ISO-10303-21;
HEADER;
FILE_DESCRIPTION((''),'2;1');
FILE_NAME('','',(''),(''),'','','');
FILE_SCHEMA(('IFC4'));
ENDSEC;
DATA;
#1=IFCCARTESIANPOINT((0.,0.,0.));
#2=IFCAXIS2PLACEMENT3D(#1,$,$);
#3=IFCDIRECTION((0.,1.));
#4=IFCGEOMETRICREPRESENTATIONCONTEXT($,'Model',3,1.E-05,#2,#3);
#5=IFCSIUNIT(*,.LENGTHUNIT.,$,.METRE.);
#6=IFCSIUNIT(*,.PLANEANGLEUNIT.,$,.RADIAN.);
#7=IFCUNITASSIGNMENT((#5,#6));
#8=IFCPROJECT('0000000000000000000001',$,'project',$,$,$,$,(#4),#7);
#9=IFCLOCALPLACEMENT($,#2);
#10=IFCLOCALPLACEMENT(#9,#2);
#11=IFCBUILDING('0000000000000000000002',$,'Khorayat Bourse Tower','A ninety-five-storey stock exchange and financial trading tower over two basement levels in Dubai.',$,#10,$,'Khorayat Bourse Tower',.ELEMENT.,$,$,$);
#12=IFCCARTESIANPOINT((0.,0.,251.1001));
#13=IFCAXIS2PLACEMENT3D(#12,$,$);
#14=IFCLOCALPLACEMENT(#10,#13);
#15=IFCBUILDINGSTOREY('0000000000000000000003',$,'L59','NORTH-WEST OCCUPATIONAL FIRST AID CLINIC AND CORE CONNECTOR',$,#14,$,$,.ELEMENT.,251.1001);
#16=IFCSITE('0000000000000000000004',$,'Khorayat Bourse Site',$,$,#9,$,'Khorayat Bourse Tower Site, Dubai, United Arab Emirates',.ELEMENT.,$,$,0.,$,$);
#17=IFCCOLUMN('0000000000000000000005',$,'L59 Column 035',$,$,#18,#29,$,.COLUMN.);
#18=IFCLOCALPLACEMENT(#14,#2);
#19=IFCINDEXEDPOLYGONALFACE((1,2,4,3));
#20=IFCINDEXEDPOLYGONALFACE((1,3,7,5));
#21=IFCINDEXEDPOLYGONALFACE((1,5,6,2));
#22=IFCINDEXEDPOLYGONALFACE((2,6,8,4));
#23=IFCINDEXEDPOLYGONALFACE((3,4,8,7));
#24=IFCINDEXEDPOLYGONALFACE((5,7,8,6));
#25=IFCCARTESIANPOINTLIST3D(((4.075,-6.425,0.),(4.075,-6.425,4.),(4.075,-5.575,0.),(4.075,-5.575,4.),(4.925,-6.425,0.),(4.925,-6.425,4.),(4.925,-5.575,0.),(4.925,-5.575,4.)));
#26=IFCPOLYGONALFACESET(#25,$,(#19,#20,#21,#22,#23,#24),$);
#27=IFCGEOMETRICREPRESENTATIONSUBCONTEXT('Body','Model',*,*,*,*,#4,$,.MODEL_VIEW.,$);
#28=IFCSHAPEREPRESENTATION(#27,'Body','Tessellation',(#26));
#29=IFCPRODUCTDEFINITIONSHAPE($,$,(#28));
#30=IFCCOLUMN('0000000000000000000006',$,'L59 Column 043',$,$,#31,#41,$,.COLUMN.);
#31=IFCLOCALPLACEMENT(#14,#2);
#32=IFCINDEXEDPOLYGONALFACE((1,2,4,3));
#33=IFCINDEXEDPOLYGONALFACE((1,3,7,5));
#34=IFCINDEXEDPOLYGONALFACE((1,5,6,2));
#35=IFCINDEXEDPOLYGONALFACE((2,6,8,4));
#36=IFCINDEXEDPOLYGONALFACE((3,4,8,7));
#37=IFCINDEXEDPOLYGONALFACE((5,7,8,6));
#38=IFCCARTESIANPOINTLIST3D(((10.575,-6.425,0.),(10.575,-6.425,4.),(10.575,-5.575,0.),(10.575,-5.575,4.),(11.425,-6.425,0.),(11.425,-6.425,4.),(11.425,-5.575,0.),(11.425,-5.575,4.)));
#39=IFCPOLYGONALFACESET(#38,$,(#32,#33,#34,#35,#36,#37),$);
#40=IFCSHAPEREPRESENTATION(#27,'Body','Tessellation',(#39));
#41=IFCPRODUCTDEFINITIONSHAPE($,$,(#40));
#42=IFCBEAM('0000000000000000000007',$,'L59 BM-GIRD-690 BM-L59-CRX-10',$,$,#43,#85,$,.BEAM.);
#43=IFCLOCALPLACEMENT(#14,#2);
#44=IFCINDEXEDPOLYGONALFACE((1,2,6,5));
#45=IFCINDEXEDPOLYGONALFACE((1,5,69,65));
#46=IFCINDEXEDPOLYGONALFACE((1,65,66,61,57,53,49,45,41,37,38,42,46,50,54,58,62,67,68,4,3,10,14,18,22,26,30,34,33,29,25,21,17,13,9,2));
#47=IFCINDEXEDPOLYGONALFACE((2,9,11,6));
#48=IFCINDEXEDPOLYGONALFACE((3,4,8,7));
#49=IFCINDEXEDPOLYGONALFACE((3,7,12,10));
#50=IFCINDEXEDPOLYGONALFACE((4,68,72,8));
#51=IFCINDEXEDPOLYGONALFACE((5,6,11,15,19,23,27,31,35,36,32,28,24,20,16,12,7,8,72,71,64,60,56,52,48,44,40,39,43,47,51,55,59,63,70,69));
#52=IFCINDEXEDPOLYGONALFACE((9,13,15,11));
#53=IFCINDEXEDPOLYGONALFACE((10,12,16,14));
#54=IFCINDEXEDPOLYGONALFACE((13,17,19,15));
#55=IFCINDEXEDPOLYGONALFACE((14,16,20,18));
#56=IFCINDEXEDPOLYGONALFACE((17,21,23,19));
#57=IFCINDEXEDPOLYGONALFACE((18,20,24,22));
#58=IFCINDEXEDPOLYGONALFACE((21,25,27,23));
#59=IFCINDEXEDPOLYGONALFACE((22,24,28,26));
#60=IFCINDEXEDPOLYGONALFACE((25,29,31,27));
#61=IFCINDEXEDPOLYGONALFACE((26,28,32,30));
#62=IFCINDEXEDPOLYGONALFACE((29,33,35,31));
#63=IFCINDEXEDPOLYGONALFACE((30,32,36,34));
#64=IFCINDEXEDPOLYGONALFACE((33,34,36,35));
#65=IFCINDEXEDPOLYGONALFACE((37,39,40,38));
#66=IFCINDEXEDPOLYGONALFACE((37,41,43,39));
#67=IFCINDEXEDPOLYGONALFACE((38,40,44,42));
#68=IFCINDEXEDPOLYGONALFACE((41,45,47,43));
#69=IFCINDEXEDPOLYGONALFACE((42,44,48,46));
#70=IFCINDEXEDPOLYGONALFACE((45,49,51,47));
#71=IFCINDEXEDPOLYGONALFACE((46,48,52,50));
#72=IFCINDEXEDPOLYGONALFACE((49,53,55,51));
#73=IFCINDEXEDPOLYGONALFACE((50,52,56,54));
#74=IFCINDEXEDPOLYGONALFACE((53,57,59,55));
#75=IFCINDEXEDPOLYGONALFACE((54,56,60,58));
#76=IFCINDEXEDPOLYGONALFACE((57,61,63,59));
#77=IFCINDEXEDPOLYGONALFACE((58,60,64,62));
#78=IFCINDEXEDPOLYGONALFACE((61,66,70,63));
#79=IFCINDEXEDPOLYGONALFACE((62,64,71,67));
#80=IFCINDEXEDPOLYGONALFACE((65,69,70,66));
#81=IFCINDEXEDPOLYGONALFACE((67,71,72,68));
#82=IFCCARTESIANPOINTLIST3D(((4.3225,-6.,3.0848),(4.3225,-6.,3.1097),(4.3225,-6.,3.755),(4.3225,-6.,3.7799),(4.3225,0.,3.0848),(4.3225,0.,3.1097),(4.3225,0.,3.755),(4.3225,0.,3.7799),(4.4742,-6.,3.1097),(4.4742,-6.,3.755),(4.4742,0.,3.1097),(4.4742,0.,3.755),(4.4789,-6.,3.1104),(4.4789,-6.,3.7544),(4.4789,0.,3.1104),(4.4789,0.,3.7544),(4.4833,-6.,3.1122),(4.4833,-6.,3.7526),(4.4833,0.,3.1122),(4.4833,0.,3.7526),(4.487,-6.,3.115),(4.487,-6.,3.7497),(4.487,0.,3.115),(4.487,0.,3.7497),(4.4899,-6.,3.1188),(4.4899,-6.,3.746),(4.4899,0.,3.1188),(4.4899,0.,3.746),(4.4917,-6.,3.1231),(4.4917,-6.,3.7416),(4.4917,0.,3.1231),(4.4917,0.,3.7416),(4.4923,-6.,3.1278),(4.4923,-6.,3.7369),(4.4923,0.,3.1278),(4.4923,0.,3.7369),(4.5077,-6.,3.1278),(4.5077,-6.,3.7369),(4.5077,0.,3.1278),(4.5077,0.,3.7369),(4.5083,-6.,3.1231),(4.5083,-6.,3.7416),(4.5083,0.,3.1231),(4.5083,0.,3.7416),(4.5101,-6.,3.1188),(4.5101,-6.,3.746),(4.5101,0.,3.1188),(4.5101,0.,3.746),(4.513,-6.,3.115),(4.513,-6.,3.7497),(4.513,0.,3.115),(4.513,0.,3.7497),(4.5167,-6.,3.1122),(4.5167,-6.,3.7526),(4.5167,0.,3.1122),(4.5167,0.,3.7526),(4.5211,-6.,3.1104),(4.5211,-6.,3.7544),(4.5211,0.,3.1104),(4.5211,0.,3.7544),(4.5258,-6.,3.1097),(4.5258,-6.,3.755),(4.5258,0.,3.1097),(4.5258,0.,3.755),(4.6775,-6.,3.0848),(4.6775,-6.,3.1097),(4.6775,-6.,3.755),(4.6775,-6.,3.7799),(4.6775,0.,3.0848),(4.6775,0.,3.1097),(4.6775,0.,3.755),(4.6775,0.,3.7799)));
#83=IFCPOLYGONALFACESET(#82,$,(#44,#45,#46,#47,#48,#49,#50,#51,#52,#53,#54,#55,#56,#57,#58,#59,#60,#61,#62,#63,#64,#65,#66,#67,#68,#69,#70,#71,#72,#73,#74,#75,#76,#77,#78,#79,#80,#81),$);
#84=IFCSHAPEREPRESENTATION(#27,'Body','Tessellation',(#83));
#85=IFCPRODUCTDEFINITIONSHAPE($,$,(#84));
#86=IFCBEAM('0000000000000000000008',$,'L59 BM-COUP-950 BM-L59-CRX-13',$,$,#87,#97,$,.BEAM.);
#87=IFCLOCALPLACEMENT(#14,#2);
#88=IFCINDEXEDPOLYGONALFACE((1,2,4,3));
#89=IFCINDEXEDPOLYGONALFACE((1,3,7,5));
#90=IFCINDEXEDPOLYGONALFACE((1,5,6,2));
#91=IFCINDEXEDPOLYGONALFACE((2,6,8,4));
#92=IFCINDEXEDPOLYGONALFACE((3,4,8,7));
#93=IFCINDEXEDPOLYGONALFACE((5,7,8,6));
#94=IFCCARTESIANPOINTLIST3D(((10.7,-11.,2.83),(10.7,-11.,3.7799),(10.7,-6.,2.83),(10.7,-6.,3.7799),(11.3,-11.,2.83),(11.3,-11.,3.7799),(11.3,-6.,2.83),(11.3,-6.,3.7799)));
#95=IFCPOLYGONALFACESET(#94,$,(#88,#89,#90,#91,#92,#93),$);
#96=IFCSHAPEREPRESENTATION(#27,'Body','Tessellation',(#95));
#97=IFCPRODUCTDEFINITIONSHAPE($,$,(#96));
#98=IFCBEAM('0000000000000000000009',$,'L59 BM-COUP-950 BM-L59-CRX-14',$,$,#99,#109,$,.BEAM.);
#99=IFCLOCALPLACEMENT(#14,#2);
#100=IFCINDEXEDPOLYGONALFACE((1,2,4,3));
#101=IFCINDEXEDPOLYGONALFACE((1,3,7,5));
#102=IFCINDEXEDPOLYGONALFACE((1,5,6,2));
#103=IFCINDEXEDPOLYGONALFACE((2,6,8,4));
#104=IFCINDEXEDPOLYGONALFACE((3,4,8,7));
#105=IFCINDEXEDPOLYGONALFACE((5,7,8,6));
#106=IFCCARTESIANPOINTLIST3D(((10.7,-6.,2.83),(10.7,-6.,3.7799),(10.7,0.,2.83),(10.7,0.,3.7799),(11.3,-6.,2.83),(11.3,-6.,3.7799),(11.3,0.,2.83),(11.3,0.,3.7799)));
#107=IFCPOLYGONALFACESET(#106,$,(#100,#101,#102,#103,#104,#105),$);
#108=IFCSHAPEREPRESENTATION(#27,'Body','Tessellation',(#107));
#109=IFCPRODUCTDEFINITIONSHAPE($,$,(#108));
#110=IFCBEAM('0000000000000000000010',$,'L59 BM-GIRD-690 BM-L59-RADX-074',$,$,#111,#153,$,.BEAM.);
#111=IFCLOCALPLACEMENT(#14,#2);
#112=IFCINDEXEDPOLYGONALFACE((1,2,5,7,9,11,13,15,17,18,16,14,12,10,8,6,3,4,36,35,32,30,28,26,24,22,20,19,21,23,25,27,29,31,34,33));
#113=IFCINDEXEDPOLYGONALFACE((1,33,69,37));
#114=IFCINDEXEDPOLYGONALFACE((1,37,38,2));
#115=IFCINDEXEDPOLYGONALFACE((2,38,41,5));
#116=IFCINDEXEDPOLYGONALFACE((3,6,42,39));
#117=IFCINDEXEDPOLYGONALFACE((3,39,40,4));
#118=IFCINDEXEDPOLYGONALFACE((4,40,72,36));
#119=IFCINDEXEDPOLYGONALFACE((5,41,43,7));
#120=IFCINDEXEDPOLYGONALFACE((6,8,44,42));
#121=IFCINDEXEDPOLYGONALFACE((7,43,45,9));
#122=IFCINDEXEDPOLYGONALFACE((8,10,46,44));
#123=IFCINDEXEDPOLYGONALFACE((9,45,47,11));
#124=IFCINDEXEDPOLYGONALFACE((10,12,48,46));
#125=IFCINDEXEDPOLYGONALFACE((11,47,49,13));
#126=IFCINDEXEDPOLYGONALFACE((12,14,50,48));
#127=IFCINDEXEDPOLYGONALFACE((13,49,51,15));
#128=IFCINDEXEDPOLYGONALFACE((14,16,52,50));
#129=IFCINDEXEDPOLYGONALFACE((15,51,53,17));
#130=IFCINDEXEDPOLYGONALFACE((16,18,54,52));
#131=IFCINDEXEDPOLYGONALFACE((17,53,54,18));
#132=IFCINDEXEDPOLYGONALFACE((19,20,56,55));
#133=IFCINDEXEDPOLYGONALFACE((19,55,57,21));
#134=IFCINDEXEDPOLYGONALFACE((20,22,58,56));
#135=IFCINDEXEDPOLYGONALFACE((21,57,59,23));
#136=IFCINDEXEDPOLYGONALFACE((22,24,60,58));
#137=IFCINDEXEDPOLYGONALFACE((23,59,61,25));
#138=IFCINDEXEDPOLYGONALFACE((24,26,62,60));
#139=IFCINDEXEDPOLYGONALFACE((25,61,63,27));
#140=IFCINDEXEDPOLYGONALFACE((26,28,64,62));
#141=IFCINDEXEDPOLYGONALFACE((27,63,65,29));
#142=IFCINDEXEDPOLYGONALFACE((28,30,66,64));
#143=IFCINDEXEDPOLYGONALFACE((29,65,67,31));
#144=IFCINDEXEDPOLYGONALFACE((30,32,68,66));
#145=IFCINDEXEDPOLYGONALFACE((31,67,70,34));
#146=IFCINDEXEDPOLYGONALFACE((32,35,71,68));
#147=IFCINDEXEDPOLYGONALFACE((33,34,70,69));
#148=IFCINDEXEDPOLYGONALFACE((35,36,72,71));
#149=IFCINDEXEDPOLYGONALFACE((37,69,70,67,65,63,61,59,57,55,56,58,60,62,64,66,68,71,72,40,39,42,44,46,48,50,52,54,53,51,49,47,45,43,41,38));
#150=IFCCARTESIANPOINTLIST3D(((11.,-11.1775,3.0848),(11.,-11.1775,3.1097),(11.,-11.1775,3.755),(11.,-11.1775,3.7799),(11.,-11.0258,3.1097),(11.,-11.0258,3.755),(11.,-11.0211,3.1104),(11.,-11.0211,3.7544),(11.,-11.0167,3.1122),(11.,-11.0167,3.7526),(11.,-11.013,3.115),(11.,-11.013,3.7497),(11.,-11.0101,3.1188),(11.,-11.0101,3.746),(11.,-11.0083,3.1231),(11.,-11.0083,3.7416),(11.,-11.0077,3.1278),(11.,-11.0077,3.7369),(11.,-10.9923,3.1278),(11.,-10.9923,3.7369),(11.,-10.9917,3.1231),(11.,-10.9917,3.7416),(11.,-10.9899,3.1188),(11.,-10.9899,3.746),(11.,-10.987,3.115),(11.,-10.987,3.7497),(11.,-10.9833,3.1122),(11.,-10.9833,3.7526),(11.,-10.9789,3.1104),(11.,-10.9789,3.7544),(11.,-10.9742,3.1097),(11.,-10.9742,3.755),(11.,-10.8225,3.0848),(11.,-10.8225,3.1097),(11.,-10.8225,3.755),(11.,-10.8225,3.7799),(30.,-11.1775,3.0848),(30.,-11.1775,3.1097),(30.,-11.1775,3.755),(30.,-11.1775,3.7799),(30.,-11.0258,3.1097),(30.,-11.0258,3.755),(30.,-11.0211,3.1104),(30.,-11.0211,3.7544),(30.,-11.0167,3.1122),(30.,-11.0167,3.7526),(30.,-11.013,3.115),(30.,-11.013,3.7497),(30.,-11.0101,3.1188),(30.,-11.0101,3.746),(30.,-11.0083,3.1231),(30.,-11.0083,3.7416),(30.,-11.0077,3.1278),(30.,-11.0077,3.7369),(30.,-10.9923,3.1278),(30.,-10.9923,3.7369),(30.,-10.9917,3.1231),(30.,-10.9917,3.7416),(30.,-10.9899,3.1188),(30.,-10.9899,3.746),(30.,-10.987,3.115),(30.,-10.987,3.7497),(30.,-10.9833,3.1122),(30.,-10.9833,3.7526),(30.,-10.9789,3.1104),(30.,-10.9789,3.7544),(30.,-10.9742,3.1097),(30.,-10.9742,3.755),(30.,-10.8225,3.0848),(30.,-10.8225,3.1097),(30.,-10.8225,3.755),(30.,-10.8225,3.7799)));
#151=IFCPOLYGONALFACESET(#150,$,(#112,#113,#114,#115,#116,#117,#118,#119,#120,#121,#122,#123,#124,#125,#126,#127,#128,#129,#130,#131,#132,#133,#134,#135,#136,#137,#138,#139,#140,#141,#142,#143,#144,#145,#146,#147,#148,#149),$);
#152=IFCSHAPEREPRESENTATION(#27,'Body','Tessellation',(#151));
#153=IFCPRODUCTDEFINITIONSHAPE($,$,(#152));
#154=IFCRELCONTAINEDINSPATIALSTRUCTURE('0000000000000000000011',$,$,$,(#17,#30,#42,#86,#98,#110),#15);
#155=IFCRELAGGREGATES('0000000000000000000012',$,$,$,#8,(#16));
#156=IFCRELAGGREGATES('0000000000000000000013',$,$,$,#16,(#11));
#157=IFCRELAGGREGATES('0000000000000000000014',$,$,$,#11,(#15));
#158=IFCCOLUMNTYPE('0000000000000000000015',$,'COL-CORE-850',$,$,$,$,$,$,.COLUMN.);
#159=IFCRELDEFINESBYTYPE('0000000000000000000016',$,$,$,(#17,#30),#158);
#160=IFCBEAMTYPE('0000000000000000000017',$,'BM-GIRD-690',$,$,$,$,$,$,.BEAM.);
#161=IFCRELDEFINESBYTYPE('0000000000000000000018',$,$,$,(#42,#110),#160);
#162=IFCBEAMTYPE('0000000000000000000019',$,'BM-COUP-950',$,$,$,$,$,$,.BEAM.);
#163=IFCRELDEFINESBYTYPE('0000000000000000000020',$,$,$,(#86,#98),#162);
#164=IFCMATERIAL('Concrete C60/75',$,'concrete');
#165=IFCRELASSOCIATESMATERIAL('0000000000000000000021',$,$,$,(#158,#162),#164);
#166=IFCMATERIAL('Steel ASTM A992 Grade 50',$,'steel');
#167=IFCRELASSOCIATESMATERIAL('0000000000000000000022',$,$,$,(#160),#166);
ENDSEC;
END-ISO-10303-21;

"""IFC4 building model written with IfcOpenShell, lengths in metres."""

from ifc_helpers import new_model, si_unit, direction, frame, origin, origin_2d, place, context, subcontext, project, spatial, rectangle, i_section, extrude, source, transform, mapped, material, material_profile, profile_set, type_object, element, save


model = new_model("IFC4")

# Units and contexts
model_context = context("Model", 3, precision=1e-05, world=origin(), true_north=direction((0.0, 1.0)))
body_context = subcontext(model_context, "Body", "Model", "MODEL_VIEW")
ifc_project = project(units=[si_unit("LENGTHUNIT", "METRE"), si_unit("PLANEANGLEUNIT", "RADIAN")], contexts=[model_context])

# Site, building, storey
site_placement = place(None, origin())
site = spatial("IfcSite", under=ifc_project, at=site_placement, Name="Khorayat Bourse Site", LongName="Khorayat Bourse Tower Site, Dubai, United Arab Emirates", CompositionType="ELEMENT", RefElevation=0.0)
building_placement = place(site_placement, origin())
building = spatial("IfcBuilding", under=site, at=building_placement, Name="Khorayat Bourse Tower", Description="A ninety-five-storey stock exchange and financial trading tower over two basement levels in Dubai.", LongName="Khorayat Bourse Tower", CompositionType="ELEMENT")
storey_placement = place(building_placement, frame((0.0, 0.0, 251.1001)))
storey = spatial("IfcBuildingStorey", under=building, at=storey_placement, Name="L59", Description="NORTH-WEST OCCUPATIONAL FIRST AID CLINIC AND CORE CONNECTOR", CompositionType="ELEMENT", Elevation=251.1001)

# Columns
ifc_material_1 = material(Name="Concrete C60/75", Category="concrete")
ifc_material_profile_1 = material_profile(ifc_material_1, rectangle(XDim=0.8501, YDim=0.8501, at=origin_2d()), Name="RC 850x850")
ifc_profile_set_1 = profile_set([ifc_material_profile_1], Name="Concrete C60/75")
column_type = type_object("IfcColumnType", Name="COL-CORE-850", PredefinedType="COLUMN", material=ifc_profile_set_1)
shared_shape_1 = source(origin(), body_context, "Body", "SweptSolid", [
    extrude(rectangle(XDim=0.8501, YDim=0.8501, at=origin_2d()), origin(), (0.0, 0.0, 1.0), 4.0),
])
for number, where, z_axis, x_axis, name in (
    (1, (4.5, -6.0, 0.0), (0.0, 0.0, 1.0), (1.0, 0.0, 0.0), "L59 Column 035"),
    (2, (11.0, -6.0, 0.0), (0.0, 0.0, 1.0), (1.0, 0.0, 0.0), "L59 Column 043"),
):
    element("IfcColumn", number, at=place(storey_placement, frame(where, z_axis=z_axis, x_axis=x_axis)), inside=storey, type_object=column_type, Name=name, PredefinedType="COLUMN", context=body_context, shape_type="MappedRepresentation", body=[
        mapped(shared_shape_1, transform((0.0, 0.0, 0.0), scale=1.0)),
    ])

# Beams
ifc_material_2 = material(Name="Steel ASTM A992 Grade 50", Category="steel")
ifc_material_profile_2 = material_profile(ifc_material_2, i_section(OverallWidth=0.355, OverallDepth=0.6951, WebThickness=0.0154, FlangeThickness=0.0249, FilletRadius=0.0181, at=origin_2d()), Name="W690X217")
ifc_profile_set_2 = profile_set([ifc_material_profile_2], Name="Steel ASTM A992 Grade 50")
beam_type_1 = type_object("IfcBeamType", Name="BM-GIRD-690", PredefinedType="BEAM", material=ifc_profile_set_2)
shared_shape_2 = source(origin(), body_context, "Body", "SweptSolid", [
    extrude(i_section(OverallWidth=0.355, OverallDepth=0.6951, WebThickness=0.0154, FlangeThickness=0.0249, FilletRadius=0.0181, at=origin_2d()), origin(), (0.0, 0.0, 1.0), 6.0),
])
beam_1_placement = place(storey_placement, frame((4.5, -6.0, 3.4324), z_axis=(0.0, 1.0, 0.0), x_axis=(-1.0, 0.0, 0.0)))
element("IfcBeam", 3, at=beam_1_placement, inside=storey, type_object=beam_type_1, Name="L59 BM-GIRD-690 BM-L59-CRX-10", PredefinedType="BEAM", context=body_context, shape_type="MappedRepresentation", body=[
    mapped(shared_shape_2, transform((0.0, 0.0, 0.0), scale=1.0)),
])
ifc_material_profile_3 = material_profile(ifc_material_1, rectangle(XDim=0.6001, YDim=0.95, at=origin_2d()), Name="RC 600x950")
ifc_profile_set_3 = profile_set([ifc_material_profile_3], Name="Concrete C60/75")
beam_type_2 = type_object("IfcBeamType", Name="BM-COUP-950", PredefinedType="BEAM", material=ifc_profile_set_3)
shared_shape_3 = source(origin(), body_context, "Body", "SweptSolid", [
    extrude(rectangle(XDim=0.6001, YDim=0.95, at=origin_2d()), origin(), (0.0, 0.0, 1.0), 5.0),
])
beam_2_placement = place(storey_placement, frame((11.0, -11.0, 3.3049), z_axis=(0.0, 1.0, 0.0), x_axis=(-1.0, 0.0, 0.0)))
element("IfcBeam", 4, at=beam_2_placement, inside=storey, type_object=beam_type_2, Name="L59 BM-COUP-950 BM-L59-CRX-13", PredefinedType="BEAM", context=body_context, shape_type="MappedRepresentation", body=[
    mapped(shared_shape_3, transform((0.0, 0.0, 0.0), scale=1.0)),
])
shared_shape_4 = source(origin(), body_context, "Body", "SweptSolid", [
    extrude(rectangle(XDim=0.6001, YDim=0.95, at=origin_2d()), origin(), (0.0, 0.0, 1.0), 6.0),
])
beam_3_placement = place(storey_placement, frame((11.0, -6.0, 3.3049), z_axis=(0.0, 1.0, 0.0), x_axis=(-1.0, 0.0, 0.0)))
element("IfcBeam", 5, at=beam_3_placement, inside=storey, type_object=beam_type_2, Name="L59 BM-COUP-950 BM-L59-CRX-14", PredefinedType="BEAM", context=body_context, shape_type="MappedRepresentation", body=[
    mapped(shared_shape_4, transform((0.0, 0.0, 0.0), scale=1.0)),
])
shared_shape_5 = source(origin(), body_context, "Body", "SweptSolid", [
    extrude(i_section(OverallWidth=0.355, OverallDepth=0.6951, WebThickness=0.0154, FlangeThickness=0.0249, FilletRadius=0.0181, at=origin_2d()), origin(), (0.0, 0.0, 1.0), 19.0),
])
for number, where, z_axis, x_axis, name in (
    (6, (11.0, -11.0, 3.4324), (1.0, 0.0, 0.0), (0.0, 1.0, 0.0), "L59 BM-GIRD-690 BM-L59-RADX-074"),
):
    element("IfcBeam", number, at=place(storey_placement, frame(where, z_axis=z_axis, x_axis=x_axis)), inside=storey, type_object=beam_type_1, Name=name, PredefinedType="BEAM", context=body_context, shape_type="MappedRepresentation", body=[
        mapped(shared_shape_5, transform((0.0, 0.0, 0.0), scale=1.0)),
    ])

save(model, "model.ifc")
